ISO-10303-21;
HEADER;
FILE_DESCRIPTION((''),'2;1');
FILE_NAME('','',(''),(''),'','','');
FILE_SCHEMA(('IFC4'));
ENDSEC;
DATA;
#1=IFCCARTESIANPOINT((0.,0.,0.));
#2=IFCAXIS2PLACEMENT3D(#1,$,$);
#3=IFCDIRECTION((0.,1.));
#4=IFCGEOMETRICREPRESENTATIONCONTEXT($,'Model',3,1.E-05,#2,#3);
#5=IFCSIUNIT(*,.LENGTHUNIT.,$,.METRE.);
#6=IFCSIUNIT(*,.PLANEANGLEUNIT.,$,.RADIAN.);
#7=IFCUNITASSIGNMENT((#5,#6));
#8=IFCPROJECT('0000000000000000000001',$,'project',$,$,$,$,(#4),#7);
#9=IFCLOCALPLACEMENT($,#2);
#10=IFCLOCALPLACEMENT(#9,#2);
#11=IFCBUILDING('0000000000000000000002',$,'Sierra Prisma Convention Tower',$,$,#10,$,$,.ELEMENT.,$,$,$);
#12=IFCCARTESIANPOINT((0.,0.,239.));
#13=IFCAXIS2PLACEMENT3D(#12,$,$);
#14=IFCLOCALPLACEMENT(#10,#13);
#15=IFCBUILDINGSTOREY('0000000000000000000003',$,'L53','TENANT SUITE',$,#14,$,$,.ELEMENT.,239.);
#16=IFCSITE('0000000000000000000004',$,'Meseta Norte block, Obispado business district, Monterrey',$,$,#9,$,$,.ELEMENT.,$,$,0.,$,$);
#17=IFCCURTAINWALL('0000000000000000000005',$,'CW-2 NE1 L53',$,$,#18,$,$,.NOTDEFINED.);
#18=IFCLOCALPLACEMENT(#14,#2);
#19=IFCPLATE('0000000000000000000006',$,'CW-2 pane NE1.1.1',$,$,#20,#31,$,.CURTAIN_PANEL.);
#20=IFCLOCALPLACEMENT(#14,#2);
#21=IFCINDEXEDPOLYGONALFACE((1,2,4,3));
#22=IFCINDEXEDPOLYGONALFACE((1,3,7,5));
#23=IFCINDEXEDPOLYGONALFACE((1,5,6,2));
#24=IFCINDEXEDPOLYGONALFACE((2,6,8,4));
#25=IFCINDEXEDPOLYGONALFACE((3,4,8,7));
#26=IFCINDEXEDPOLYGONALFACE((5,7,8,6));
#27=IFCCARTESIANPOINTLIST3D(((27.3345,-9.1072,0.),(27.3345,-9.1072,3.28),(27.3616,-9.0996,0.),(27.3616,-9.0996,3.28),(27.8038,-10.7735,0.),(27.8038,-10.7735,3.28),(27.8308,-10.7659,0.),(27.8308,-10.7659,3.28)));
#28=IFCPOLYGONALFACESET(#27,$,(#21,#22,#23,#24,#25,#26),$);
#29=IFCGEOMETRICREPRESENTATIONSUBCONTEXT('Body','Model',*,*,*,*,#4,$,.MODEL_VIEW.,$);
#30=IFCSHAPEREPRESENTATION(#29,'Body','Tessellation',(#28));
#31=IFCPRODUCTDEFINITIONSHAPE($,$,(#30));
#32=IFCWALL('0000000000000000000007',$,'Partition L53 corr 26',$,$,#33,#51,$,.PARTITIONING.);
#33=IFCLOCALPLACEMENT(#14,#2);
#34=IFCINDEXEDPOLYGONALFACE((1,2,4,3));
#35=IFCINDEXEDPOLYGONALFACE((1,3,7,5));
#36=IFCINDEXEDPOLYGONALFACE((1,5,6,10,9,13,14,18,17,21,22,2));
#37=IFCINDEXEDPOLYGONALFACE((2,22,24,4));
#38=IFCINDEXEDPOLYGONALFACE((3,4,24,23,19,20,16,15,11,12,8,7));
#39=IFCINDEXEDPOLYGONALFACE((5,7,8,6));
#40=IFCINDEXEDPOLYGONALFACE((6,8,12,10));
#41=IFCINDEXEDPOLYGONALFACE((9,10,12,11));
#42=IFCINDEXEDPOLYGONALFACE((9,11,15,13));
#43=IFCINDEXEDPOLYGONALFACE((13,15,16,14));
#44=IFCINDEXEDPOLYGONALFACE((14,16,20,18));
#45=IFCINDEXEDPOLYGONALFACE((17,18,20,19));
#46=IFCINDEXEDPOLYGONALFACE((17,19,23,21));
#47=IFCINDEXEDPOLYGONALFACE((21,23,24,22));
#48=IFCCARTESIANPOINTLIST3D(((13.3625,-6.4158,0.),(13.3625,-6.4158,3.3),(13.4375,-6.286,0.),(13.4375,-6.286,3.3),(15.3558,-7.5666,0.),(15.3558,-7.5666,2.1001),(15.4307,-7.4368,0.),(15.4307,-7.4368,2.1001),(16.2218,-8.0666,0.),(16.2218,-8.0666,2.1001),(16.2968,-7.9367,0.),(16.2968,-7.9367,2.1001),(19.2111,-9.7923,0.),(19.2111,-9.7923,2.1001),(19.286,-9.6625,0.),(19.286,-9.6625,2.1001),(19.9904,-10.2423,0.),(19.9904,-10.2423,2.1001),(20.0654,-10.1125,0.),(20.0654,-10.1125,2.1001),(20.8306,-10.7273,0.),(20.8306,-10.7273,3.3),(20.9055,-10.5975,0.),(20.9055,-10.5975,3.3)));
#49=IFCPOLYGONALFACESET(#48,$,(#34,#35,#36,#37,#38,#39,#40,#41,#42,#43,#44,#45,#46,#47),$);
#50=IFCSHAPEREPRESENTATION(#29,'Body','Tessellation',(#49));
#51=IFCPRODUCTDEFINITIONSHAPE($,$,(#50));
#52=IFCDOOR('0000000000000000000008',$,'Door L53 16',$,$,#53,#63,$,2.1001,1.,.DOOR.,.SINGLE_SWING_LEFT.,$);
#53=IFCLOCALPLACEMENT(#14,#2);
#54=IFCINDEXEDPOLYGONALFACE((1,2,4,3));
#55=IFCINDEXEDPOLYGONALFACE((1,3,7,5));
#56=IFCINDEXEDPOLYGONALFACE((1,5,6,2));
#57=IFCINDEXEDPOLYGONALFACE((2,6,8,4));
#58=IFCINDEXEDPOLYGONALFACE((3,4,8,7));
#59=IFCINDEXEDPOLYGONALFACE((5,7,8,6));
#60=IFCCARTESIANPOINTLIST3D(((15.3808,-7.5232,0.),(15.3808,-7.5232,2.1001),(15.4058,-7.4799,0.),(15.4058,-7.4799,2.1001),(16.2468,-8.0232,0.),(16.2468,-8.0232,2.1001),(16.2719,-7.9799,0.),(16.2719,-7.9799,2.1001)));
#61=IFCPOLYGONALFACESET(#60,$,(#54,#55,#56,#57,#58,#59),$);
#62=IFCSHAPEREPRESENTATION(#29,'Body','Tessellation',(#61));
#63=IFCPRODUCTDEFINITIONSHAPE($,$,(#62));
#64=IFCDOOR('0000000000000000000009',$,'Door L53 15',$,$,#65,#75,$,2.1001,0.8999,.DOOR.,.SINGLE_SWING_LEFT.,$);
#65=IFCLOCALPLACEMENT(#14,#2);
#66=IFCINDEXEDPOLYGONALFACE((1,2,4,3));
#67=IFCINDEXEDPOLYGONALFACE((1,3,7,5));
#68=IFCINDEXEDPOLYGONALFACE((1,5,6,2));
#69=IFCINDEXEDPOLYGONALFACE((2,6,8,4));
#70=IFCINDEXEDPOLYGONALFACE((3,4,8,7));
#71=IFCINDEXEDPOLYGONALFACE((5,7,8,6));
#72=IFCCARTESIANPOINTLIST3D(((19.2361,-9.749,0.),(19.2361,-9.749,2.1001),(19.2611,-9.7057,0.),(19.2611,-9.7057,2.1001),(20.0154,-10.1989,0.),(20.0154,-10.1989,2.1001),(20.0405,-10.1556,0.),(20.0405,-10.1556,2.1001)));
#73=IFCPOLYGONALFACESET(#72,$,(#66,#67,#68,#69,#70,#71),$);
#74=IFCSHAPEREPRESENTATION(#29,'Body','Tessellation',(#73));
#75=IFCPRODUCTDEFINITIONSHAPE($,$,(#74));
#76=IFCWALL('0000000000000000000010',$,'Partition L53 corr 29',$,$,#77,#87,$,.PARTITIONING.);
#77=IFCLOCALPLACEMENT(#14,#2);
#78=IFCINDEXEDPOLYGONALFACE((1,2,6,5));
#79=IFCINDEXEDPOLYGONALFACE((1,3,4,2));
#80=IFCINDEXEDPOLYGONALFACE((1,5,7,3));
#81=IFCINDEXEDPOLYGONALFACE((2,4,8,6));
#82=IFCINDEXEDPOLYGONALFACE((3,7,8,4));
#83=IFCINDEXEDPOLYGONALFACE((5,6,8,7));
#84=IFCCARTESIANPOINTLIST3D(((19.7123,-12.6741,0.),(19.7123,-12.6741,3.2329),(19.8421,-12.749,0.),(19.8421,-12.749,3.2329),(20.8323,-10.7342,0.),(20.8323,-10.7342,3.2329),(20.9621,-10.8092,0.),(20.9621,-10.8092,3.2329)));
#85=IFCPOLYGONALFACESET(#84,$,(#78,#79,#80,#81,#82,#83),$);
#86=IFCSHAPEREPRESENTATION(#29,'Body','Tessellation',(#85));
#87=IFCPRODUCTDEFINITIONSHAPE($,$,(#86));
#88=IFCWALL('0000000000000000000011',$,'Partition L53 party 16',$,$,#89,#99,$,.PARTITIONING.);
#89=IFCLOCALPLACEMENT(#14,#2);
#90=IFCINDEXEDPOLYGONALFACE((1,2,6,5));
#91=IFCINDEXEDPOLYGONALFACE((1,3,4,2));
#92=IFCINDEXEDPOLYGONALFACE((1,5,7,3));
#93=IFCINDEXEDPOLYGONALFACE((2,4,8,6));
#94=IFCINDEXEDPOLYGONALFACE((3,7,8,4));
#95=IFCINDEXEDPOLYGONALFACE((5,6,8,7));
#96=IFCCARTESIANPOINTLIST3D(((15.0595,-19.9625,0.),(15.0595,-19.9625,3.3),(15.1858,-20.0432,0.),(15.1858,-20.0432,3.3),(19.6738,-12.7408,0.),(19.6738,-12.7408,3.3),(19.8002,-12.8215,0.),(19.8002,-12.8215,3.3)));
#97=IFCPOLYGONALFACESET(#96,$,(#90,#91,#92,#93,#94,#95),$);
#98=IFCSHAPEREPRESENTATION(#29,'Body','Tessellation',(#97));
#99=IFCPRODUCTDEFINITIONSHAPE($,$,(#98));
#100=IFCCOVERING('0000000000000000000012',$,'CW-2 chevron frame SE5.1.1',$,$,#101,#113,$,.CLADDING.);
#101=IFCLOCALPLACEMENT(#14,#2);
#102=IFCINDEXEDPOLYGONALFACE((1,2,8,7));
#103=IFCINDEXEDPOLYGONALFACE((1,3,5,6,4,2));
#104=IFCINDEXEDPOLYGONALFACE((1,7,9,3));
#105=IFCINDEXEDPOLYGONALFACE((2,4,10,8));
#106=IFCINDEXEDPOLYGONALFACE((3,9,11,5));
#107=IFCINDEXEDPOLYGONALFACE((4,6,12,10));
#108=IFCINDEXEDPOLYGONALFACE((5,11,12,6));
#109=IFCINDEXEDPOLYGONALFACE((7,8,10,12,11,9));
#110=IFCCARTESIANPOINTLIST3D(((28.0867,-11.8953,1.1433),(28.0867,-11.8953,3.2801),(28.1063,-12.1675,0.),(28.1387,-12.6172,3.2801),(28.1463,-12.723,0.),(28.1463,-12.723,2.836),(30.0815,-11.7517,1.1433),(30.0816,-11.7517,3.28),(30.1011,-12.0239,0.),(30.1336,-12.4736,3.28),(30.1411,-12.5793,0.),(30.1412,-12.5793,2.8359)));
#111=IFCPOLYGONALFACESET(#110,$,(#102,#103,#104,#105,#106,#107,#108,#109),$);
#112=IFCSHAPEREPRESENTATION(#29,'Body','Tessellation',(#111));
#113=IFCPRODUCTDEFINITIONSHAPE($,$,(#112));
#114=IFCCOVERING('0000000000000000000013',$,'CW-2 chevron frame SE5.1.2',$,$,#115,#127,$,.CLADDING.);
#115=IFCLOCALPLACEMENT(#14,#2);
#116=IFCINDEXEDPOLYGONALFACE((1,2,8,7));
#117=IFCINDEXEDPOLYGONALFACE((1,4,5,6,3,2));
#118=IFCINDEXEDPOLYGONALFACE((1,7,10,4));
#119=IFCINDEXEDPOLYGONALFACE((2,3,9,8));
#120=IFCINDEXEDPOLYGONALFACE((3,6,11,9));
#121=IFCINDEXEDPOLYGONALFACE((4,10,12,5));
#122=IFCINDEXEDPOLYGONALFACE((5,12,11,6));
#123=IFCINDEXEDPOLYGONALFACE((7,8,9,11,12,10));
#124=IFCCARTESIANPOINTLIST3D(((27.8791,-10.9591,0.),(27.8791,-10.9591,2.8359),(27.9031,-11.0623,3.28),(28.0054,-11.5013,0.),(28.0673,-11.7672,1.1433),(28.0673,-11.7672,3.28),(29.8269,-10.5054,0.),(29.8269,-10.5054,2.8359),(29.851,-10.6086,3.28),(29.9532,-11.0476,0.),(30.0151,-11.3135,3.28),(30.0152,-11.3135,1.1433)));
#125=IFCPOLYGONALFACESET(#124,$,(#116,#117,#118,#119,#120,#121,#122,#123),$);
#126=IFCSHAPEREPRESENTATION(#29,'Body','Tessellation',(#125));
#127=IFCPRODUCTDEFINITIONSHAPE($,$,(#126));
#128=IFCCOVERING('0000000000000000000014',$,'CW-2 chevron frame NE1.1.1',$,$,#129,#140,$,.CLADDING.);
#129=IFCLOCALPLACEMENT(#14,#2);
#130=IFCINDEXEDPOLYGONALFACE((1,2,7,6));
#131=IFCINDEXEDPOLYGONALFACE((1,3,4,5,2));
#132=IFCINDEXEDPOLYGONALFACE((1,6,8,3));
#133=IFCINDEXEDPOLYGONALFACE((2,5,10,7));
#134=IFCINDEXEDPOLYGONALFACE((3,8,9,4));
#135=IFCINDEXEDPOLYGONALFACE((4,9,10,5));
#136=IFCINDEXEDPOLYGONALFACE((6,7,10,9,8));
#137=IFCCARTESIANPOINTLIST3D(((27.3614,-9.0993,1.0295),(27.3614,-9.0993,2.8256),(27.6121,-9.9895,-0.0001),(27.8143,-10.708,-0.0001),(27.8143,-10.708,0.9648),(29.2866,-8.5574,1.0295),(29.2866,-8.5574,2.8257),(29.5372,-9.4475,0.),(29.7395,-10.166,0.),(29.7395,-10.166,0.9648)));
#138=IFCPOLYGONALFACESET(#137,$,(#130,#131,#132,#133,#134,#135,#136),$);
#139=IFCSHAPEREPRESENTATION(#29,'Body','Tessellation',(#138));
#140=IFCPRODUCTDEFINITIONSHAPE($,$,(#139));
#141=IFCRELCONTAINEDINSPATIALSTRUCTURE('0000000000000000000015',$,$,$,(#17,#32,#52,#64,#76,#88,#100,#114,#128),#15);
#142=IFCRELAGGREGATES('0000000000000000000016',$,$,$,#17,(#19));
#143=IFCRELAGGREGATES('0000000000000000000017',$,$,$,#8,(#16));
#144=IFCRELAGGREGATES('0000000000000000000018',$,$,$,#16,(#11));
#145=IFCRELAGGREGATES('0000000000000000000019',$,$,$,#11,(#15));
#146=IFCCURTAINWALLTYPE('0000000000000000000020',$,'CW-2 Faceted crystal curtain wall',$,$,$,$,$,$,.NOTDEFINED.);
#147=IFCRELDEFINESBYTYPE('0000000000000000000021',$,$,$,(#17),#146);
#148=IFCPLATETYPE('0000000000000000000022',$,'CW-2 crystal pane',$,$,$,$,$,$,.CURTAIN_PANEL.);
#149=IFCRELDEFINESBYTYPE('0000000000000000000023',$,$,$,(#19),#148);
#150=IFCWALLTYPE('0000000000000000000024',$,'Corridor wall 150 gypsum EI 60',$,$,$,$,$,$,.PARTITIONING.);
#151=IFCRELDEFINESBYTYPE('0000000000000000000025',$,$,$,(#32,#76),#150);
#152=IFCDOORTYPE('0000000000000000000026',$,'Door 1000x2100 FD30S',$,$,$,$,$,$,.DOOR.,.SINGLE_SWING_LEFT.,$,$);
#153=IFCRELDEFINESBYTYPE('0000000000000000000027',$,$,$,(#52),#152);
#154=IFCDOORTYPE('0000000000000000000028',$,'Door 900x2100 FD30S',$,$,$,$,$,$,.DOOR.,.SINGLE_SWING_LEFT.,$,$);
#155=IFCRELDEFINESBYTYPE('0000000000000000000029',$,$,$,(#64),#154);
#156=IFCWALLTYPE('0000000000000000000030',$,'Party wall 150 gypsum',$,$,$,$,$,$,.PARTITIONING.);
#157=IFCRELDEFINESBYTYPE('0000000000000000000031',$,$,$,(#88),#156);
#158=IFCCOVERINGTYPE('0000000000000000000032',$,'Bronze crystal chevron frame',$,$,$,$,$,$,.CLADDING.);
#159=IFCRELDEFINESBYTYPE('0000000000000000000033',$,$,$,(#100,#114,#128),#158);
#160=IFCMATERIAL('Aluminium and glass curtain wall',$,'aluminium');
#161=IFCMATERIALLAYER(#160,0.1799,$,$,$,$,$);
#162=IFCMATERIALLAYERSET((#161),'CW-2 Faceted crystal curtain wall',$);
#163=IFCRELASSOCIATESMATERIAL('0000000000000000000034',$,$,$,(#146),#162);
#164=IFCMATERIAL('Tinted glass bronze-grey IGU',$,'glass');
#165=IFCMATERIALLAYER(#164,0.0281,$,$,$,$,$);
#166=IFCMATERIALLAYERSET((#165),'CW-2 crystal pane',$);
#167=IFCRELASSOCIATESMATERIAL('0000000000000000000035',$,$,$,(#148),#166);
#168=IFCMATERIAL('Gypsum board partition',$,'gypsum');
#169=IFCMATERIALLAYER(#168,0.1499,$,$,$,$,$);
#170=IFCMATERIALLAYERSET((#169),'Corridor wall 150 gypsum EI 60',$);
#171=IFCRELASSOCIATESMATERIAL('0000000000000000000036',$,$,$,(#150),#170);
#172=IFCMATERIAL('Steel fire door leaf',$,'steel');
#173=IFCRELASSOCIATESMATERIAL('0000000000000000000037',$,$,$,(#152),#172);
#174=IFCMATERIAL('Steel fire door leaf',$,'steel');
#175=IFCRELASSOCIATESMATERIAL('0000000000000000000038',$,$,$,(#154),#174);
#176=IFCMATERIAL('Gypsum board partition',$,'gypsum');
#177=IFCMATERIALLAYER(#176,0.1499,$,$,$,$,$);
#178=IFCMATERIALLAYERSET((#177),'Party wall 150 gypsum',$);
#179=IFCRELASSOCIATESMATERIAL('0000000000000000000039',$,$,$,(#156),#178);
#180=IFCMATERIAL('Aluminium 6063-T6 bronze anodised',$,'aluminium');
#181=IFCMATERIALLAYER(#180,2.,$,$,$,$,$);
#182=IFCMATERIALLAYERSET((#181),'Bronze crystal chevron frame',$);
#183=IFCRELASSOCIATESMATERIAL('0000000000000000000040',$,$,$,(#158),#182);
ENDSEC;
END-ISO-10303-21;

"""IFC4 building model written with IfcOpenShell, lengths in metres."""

from ifc_helpers import new_model, si_unit, direction, frame, frame_2d, origin, place, context, subcontext, project, spatial, polyline, rectangle, outline, extrude, material, layer, layer_set, type_object, element, fill, aggregate, save


model = new_model("IFC4")

# Units and contexts
model_context = context("Model", 3, precision=1e-05, world=origin(), true_north=direction((0.0, 1.0)))
body_context = subcontext(model_context, "Body", "Model", "MODEL_VIEW")
ifc_project = project(units=[si_unit("LENGTHUNIT", "METRE"), si_unit("PLANEANGLEUNIT", "RADIAN")], contexts=[model_context])

# Site, building, storey
site_placement = place(None, origin())
site = spatial("IfcSite", under=ifc_project, at=site_placement, Name="Meseta Norte block, Obispado business district, Monterrey", CompositionType="ELEMENT", RefElevation=0.0)
building_placement = place(site_placement, origin())
building = spatial("IfcBuilding", under=site, at=building_placement, Name="Sierra Prisma Convention Tower", CompositionType="ELEMENT")
storey_placement = place(building_placement, frame((0.0, 0.0, 239.0)))
storey = spatial("IfcBuildingStorey", under=building, at=storey_placement, Name="L53", Description="TENANT SUITE", CompositionType="ELEMENT", Elevation=239.0)

# Shared definitions
ifc_material_1 = material(Name="Aluminium and glass curtain wall", Category="aluminium")
ifc_layer_1 = layer(ifc_material_1, 0.1799)
ifc_layer_set_1 = layer_set([ifc_layer_1], Name="CW-2 Faceted crystal curtain wall")
curtain_wall_type = type_object("IfcCurtainWallType", Name="CW-2 Faceted crystal curtain wall", PredefinedType="NOTDEFINED", material=ifc_layer_set_1)

# Curtain wall
curtain_wall_1_placement = place(storey_placement, origin())
curtain_wall_1 = element("IfcCurtainWall", 1, at=curtain_wall_1_placement, inside=storey, type_object=curtain_wall_type, Name="CW-2 NE1 L53", PredefinedType="NOTDEFINED")

# Plate
ifc_material_2 = material(Name="Tinted glass bronze-grey IGU", Category="glass")
ifc_layer_2 = layer(ifc_material_2, 0.0281)
ifc_layer_set_2 = layer_set([ifc_layer_2], Name="CW-2 crystal pane")
plate_type = type_object("IfcPlateType", Name="CW-2 crystal pane", PredefinedType="CURTAIN_PANEL", material=ifc_layer_set_2)
plate_1_placement = place(storey_placement, frame((27.8308, -10.7659, 0.0), z_axis=(0.96256, 0.271068, 0.0), x_axis=(-0.271068, 0.96256, 0.0)))
plate_1 = element("IfcPlate", 2, at=plate_1_placement, type_object=plate_type, Name="CW-2 pane NE1.1.1", PredefinedType="CURTAIN_PANEL", context=body_context, shape_type="SweptSolid", body=[
    extrude(outline(polyline([(0.0, 0.0), (1.7311, 0.0), (1.7311, 3.28), (0.0, 3.28), (0.0, 0.0)])), origin(), (0.0, 0.0, -1.0), 0.0281),
])
aggregate(curtain_wall_1, [plate_1])

# Wall, openings, doors
ifc_material_3 = material(Name="Gypsum board partition", Category="gypsum")
ifc_layer_3 = layer(ifc_material_3, 0.1499)
ifc_layer_set_3 = layer_set([ifc_layer_3], Name="Corridor wall 150 gypsum EI 60")
wall_type_1 = type_object("IfcWallType", Name="Corridor wall 150 gypsum EI 60", PredefinedType="PARTITIONING", material=ifc_layer_set_3)
wall_1_placement = place(storey_placement, frame((20.8679, -10.6624, 0.0), z_axis=(0.0, 0.0, 1.0), x_axis=(-0.866032, 0.499988, 0.0)))
wall_1 = element("IfcWall", 3, at=wall_1_placement, inside=storey, type_object=wall_type_1, Name="Partition L53 corr 26", PredefinedType="PARTITIONING", context=body_context, shape_type="SweptSolid", body=[
    extrude(rectangle(XDim=8.6233, YDim=0.1499, at=frame_2d((4.3115, 0.0))), origin(), (0.0, 0.0, 1.0), 3.3),
])
opening_1_placement = place(wall_1_placement, frame((0.97, 0.0, 0.0)))
opening_1 = element("IfcOpeningElement", 4, at=opening_1_placement, cuts=wall_1, PredefinedType="OPENING", context=body_context, shape_type="SweptSolid", body=[
    extrude(rectangle(XDim=0.8999, YDim=2.1001, at=frame_2d((0.45, 1.05))), frame((0.0, 0.075, 0.0), z_axis=(0.0, -1.0, 0.0), x_axis=(1.0, 0.0, 0.0)), (0.0, 0.0, 1.0), 0.1499),
])
opening_2_placement = place(wall_1_placement, frame((5.3215, 0.0, 0.0)))
opening_2 = element("IfcOpeningElement", 5, at=opening_2_placement, cuts=wall_1, PredefinedType="OPENING", context=body_context, shape_type="SweptSolid", body=[
    extrude(rectangle(XDim=1.0, YDim=2.1001, at=frame_2d((0.5, 1.05))), frame((0.0, 0.075, 0.0), z_axis=(0.0, -1.0, 0.0), x_axis=(1.0, 0.0, 0.0)), (0.0, 0.0, 1.0), 0.1499),
])
ifc_material_4 = material(Name="Steel fire door leaf", Category="steel")
door_type_1 = type_object("IfcDoorType", Name="Door 1000x2100 FD30S", OperationType="SINGLE_SWING_LEFT", PredefinedType="DOOR", material=ifc_material_4)
door_1_placement = place(opening_2_placement, origin())
door_1 = element("IfcDoor", 6, at=door_1_placement, inside=storey, type_object=door_type_1, Name="Door L53 16", OperationType="SINGLE_SWING_LEFT", OverallHeight=2.1001, OverallWidth=1.0, PredefinedType="DOOR", context=body_context, shape_type="SweptSolid", body=[
    extrude(rectangle(XDim=1.0, YDim=2.1001, at=frame_2d((0.5, 1.05))), frame((0.0, 0.0249, 0.0), z_axis=(0.0, -1.0, 0.0), x_axis=(1.0, 0.0, 0.0)), (0.0, 0.0, 1.0), 0.05),
])
fill(opening_2, door_1)
ifc_material_5 = material(Name="Steel fire door leaf", Category="steel")
door_type_2 = type_object("IfcDoorType", Name="Door 900x2100 FD30S", OperationType="SINGLE_SWING_LEFT", PredefinedType="DOOR", material=ifc_material_5)
door_2_placement = place(opening_1_placement, origin())
door_2 = element("IfcDoor", 7, at=door_2_placement, inside=storey, type_object=door_type_2, Name="Door L53 15", OperationType="SINGLE_SWING_LEFT", OverallHeight=2.1001, OverallWidth=0.8999, PredefinedType="DOOR", context=body_context, shape_type="SweptSolid", body=[
    extrude(rectangle(XDim=0.8999, YDim=2.1001, at=frame_2d((0.45, 1.05))), frame((0.0, 0.0249, 0.0), z_axis=(0.0, -1.0, 0.0), x_axis=(1.0, 0.0, 0.0)), (0.0, 0.0, 1.0), 0.05),
])
fill(opening_1, door_2)

# Walls
wall_2_placement = place(storey_placement, frame((19.7771, -12.7117, 0.0), z_axis=(0.0, 0.0, 1.0), x_axis=(0.500031, 0.866008, 0.0)))
element("IfcWall", 8, at=wall_2_placement, inside=storey, type_object=wall_type_1, Name="Partition L53 corr 29", PredefinedType="PARTITIONING", context=body_context, shape_type="SweptSolid", body=[
    extrude(rectangle(XDim=2.24, YDim=0.1499, at=frame_2d((1.1201, 0.0))), origin(), (0.0, 0.0, 1.0), 3.2329),
])
ifc_material_6 = material(Name="Gypsum board partition", Category="gypsum")
ifc_layer_4 = layer(ifc_material_6, 0.1499)
ifc_layer_set_4 = layer_set([ifc_layer_4], Name="Party wall 150 gypsum")
wall_type_2 = type_object("IfcWallType", Name="Party wall 150 gypsum", PredefinedType="PARTITIONING", material=ifc_layer_set_4)
wall_3_placement = place(storey_placement, frame((19.7371, -12.781, 0.0), z_axis=(0.0, 0.0, 1.0), x_axis=(-0.538423, -0.842675, 0.0)))
element("IfcWall", 9, at=wall_3_placement, inside=storey, type_object=wall_type_2, Name="Partition L53 party 16", PredefinedType="PARTITIONING", context=body_context, shape_type="SweptSolid", body=[
    extrude(rectangle(XDim=8.5701, YDim=0.1499, at=frame_2d((4.2852, 0.0))), origin(), (0.0, 0.0, 1.0), 3.3),
])

# Coverings
ifc_material_7 = material(Name="Aluminium 6063-T6 bronze anodised", Category="aluminium")
ifc_layer_5 = layer(ifc_material_7, 2.0)
ifc_layer_set_5 = layer_set([ifc_layer_5], Name="Bronze crystal chevron frame")
covering_type = type_object("IfcCoveringType", Name="Bronze crystal chevron frame", PredefinedType="CLADDING", material=ifc_layer_set_5)
covering_1_placement = place(storey_placement, frame((30.1411, -12.5793, 0.0), z_axis=(0.997418, 0.071808, -0.000017), x_axis=(-0.071808, 0.997418, 0.0)))
element("IfcCovering", 10, at=covering_1_placement, inside=storey, type_object=covering_type, Name="CW-2 chevron frame SE5.1.1", PredefinedType="CLADDING", context=body_context, shape_type="SweptSolid", body=[
    extrude(outline(polyline([(0.0, 0.0), (0.5569, 0.0), (0.8298, 1.1433), (0.8298, 3.28), (0.106, 3.28), (0.0, 2.8359), (0.0, 0.0)])), origin(), (0.0, 0.0, -1.0), 2.0),
])
covering_2_placement = place(storey_placement, frame((30.0151, -11.3135, 3.28), z_axis=(0.97393, 0.226851, 0.000007), x_axis=(0.000007, 0.000002, -1.0)))
element("IfcCovering", 11, at=covering_2_placement, inside=storey, type_object=covering_type, Name="CW-2 chevron frame SE5.1.2", PredefinedType="CLADDING", context=body_context, shape_type="SweptSolid", body=[
    extrude(outline(polyline([(0.0, 0.0), (2.1367, 0.0), (3.28, 0.273), (3.28, 0.8297), (0.4441, 0.8297), (0.0, 0.7237), (0.0, 0.0)])), origin(), (0.0, 0.0, -1.0), 2.0),
])
covering_3_placement = place(storey_placement, frame((29.7395, -10.166, 0.0), z_axis=(0.962587, 0.270972, 0.00004), x_axis=(-0.270972, 0.962587, 0.0)))
element("IfcCovering", 12, at=covering_3_placement, inside=storey, type_object=covering_type, Name="CW-2 chevron frame NE1.1.1", PredefinedType="CLADDING", context=body_context, shape_type="SweptSolid", body=[
    extrude(outline(polyline([(0.0, 0.0), (0.7464, 0.0), (1.6712, 1.0295), (1.6712, 2.8257), (0.0, 0.9648), (0.0, 0.0)])), origin(), (0.0, 0.0, -1.0), 2.0),
])

save(model, "model.ifc")
